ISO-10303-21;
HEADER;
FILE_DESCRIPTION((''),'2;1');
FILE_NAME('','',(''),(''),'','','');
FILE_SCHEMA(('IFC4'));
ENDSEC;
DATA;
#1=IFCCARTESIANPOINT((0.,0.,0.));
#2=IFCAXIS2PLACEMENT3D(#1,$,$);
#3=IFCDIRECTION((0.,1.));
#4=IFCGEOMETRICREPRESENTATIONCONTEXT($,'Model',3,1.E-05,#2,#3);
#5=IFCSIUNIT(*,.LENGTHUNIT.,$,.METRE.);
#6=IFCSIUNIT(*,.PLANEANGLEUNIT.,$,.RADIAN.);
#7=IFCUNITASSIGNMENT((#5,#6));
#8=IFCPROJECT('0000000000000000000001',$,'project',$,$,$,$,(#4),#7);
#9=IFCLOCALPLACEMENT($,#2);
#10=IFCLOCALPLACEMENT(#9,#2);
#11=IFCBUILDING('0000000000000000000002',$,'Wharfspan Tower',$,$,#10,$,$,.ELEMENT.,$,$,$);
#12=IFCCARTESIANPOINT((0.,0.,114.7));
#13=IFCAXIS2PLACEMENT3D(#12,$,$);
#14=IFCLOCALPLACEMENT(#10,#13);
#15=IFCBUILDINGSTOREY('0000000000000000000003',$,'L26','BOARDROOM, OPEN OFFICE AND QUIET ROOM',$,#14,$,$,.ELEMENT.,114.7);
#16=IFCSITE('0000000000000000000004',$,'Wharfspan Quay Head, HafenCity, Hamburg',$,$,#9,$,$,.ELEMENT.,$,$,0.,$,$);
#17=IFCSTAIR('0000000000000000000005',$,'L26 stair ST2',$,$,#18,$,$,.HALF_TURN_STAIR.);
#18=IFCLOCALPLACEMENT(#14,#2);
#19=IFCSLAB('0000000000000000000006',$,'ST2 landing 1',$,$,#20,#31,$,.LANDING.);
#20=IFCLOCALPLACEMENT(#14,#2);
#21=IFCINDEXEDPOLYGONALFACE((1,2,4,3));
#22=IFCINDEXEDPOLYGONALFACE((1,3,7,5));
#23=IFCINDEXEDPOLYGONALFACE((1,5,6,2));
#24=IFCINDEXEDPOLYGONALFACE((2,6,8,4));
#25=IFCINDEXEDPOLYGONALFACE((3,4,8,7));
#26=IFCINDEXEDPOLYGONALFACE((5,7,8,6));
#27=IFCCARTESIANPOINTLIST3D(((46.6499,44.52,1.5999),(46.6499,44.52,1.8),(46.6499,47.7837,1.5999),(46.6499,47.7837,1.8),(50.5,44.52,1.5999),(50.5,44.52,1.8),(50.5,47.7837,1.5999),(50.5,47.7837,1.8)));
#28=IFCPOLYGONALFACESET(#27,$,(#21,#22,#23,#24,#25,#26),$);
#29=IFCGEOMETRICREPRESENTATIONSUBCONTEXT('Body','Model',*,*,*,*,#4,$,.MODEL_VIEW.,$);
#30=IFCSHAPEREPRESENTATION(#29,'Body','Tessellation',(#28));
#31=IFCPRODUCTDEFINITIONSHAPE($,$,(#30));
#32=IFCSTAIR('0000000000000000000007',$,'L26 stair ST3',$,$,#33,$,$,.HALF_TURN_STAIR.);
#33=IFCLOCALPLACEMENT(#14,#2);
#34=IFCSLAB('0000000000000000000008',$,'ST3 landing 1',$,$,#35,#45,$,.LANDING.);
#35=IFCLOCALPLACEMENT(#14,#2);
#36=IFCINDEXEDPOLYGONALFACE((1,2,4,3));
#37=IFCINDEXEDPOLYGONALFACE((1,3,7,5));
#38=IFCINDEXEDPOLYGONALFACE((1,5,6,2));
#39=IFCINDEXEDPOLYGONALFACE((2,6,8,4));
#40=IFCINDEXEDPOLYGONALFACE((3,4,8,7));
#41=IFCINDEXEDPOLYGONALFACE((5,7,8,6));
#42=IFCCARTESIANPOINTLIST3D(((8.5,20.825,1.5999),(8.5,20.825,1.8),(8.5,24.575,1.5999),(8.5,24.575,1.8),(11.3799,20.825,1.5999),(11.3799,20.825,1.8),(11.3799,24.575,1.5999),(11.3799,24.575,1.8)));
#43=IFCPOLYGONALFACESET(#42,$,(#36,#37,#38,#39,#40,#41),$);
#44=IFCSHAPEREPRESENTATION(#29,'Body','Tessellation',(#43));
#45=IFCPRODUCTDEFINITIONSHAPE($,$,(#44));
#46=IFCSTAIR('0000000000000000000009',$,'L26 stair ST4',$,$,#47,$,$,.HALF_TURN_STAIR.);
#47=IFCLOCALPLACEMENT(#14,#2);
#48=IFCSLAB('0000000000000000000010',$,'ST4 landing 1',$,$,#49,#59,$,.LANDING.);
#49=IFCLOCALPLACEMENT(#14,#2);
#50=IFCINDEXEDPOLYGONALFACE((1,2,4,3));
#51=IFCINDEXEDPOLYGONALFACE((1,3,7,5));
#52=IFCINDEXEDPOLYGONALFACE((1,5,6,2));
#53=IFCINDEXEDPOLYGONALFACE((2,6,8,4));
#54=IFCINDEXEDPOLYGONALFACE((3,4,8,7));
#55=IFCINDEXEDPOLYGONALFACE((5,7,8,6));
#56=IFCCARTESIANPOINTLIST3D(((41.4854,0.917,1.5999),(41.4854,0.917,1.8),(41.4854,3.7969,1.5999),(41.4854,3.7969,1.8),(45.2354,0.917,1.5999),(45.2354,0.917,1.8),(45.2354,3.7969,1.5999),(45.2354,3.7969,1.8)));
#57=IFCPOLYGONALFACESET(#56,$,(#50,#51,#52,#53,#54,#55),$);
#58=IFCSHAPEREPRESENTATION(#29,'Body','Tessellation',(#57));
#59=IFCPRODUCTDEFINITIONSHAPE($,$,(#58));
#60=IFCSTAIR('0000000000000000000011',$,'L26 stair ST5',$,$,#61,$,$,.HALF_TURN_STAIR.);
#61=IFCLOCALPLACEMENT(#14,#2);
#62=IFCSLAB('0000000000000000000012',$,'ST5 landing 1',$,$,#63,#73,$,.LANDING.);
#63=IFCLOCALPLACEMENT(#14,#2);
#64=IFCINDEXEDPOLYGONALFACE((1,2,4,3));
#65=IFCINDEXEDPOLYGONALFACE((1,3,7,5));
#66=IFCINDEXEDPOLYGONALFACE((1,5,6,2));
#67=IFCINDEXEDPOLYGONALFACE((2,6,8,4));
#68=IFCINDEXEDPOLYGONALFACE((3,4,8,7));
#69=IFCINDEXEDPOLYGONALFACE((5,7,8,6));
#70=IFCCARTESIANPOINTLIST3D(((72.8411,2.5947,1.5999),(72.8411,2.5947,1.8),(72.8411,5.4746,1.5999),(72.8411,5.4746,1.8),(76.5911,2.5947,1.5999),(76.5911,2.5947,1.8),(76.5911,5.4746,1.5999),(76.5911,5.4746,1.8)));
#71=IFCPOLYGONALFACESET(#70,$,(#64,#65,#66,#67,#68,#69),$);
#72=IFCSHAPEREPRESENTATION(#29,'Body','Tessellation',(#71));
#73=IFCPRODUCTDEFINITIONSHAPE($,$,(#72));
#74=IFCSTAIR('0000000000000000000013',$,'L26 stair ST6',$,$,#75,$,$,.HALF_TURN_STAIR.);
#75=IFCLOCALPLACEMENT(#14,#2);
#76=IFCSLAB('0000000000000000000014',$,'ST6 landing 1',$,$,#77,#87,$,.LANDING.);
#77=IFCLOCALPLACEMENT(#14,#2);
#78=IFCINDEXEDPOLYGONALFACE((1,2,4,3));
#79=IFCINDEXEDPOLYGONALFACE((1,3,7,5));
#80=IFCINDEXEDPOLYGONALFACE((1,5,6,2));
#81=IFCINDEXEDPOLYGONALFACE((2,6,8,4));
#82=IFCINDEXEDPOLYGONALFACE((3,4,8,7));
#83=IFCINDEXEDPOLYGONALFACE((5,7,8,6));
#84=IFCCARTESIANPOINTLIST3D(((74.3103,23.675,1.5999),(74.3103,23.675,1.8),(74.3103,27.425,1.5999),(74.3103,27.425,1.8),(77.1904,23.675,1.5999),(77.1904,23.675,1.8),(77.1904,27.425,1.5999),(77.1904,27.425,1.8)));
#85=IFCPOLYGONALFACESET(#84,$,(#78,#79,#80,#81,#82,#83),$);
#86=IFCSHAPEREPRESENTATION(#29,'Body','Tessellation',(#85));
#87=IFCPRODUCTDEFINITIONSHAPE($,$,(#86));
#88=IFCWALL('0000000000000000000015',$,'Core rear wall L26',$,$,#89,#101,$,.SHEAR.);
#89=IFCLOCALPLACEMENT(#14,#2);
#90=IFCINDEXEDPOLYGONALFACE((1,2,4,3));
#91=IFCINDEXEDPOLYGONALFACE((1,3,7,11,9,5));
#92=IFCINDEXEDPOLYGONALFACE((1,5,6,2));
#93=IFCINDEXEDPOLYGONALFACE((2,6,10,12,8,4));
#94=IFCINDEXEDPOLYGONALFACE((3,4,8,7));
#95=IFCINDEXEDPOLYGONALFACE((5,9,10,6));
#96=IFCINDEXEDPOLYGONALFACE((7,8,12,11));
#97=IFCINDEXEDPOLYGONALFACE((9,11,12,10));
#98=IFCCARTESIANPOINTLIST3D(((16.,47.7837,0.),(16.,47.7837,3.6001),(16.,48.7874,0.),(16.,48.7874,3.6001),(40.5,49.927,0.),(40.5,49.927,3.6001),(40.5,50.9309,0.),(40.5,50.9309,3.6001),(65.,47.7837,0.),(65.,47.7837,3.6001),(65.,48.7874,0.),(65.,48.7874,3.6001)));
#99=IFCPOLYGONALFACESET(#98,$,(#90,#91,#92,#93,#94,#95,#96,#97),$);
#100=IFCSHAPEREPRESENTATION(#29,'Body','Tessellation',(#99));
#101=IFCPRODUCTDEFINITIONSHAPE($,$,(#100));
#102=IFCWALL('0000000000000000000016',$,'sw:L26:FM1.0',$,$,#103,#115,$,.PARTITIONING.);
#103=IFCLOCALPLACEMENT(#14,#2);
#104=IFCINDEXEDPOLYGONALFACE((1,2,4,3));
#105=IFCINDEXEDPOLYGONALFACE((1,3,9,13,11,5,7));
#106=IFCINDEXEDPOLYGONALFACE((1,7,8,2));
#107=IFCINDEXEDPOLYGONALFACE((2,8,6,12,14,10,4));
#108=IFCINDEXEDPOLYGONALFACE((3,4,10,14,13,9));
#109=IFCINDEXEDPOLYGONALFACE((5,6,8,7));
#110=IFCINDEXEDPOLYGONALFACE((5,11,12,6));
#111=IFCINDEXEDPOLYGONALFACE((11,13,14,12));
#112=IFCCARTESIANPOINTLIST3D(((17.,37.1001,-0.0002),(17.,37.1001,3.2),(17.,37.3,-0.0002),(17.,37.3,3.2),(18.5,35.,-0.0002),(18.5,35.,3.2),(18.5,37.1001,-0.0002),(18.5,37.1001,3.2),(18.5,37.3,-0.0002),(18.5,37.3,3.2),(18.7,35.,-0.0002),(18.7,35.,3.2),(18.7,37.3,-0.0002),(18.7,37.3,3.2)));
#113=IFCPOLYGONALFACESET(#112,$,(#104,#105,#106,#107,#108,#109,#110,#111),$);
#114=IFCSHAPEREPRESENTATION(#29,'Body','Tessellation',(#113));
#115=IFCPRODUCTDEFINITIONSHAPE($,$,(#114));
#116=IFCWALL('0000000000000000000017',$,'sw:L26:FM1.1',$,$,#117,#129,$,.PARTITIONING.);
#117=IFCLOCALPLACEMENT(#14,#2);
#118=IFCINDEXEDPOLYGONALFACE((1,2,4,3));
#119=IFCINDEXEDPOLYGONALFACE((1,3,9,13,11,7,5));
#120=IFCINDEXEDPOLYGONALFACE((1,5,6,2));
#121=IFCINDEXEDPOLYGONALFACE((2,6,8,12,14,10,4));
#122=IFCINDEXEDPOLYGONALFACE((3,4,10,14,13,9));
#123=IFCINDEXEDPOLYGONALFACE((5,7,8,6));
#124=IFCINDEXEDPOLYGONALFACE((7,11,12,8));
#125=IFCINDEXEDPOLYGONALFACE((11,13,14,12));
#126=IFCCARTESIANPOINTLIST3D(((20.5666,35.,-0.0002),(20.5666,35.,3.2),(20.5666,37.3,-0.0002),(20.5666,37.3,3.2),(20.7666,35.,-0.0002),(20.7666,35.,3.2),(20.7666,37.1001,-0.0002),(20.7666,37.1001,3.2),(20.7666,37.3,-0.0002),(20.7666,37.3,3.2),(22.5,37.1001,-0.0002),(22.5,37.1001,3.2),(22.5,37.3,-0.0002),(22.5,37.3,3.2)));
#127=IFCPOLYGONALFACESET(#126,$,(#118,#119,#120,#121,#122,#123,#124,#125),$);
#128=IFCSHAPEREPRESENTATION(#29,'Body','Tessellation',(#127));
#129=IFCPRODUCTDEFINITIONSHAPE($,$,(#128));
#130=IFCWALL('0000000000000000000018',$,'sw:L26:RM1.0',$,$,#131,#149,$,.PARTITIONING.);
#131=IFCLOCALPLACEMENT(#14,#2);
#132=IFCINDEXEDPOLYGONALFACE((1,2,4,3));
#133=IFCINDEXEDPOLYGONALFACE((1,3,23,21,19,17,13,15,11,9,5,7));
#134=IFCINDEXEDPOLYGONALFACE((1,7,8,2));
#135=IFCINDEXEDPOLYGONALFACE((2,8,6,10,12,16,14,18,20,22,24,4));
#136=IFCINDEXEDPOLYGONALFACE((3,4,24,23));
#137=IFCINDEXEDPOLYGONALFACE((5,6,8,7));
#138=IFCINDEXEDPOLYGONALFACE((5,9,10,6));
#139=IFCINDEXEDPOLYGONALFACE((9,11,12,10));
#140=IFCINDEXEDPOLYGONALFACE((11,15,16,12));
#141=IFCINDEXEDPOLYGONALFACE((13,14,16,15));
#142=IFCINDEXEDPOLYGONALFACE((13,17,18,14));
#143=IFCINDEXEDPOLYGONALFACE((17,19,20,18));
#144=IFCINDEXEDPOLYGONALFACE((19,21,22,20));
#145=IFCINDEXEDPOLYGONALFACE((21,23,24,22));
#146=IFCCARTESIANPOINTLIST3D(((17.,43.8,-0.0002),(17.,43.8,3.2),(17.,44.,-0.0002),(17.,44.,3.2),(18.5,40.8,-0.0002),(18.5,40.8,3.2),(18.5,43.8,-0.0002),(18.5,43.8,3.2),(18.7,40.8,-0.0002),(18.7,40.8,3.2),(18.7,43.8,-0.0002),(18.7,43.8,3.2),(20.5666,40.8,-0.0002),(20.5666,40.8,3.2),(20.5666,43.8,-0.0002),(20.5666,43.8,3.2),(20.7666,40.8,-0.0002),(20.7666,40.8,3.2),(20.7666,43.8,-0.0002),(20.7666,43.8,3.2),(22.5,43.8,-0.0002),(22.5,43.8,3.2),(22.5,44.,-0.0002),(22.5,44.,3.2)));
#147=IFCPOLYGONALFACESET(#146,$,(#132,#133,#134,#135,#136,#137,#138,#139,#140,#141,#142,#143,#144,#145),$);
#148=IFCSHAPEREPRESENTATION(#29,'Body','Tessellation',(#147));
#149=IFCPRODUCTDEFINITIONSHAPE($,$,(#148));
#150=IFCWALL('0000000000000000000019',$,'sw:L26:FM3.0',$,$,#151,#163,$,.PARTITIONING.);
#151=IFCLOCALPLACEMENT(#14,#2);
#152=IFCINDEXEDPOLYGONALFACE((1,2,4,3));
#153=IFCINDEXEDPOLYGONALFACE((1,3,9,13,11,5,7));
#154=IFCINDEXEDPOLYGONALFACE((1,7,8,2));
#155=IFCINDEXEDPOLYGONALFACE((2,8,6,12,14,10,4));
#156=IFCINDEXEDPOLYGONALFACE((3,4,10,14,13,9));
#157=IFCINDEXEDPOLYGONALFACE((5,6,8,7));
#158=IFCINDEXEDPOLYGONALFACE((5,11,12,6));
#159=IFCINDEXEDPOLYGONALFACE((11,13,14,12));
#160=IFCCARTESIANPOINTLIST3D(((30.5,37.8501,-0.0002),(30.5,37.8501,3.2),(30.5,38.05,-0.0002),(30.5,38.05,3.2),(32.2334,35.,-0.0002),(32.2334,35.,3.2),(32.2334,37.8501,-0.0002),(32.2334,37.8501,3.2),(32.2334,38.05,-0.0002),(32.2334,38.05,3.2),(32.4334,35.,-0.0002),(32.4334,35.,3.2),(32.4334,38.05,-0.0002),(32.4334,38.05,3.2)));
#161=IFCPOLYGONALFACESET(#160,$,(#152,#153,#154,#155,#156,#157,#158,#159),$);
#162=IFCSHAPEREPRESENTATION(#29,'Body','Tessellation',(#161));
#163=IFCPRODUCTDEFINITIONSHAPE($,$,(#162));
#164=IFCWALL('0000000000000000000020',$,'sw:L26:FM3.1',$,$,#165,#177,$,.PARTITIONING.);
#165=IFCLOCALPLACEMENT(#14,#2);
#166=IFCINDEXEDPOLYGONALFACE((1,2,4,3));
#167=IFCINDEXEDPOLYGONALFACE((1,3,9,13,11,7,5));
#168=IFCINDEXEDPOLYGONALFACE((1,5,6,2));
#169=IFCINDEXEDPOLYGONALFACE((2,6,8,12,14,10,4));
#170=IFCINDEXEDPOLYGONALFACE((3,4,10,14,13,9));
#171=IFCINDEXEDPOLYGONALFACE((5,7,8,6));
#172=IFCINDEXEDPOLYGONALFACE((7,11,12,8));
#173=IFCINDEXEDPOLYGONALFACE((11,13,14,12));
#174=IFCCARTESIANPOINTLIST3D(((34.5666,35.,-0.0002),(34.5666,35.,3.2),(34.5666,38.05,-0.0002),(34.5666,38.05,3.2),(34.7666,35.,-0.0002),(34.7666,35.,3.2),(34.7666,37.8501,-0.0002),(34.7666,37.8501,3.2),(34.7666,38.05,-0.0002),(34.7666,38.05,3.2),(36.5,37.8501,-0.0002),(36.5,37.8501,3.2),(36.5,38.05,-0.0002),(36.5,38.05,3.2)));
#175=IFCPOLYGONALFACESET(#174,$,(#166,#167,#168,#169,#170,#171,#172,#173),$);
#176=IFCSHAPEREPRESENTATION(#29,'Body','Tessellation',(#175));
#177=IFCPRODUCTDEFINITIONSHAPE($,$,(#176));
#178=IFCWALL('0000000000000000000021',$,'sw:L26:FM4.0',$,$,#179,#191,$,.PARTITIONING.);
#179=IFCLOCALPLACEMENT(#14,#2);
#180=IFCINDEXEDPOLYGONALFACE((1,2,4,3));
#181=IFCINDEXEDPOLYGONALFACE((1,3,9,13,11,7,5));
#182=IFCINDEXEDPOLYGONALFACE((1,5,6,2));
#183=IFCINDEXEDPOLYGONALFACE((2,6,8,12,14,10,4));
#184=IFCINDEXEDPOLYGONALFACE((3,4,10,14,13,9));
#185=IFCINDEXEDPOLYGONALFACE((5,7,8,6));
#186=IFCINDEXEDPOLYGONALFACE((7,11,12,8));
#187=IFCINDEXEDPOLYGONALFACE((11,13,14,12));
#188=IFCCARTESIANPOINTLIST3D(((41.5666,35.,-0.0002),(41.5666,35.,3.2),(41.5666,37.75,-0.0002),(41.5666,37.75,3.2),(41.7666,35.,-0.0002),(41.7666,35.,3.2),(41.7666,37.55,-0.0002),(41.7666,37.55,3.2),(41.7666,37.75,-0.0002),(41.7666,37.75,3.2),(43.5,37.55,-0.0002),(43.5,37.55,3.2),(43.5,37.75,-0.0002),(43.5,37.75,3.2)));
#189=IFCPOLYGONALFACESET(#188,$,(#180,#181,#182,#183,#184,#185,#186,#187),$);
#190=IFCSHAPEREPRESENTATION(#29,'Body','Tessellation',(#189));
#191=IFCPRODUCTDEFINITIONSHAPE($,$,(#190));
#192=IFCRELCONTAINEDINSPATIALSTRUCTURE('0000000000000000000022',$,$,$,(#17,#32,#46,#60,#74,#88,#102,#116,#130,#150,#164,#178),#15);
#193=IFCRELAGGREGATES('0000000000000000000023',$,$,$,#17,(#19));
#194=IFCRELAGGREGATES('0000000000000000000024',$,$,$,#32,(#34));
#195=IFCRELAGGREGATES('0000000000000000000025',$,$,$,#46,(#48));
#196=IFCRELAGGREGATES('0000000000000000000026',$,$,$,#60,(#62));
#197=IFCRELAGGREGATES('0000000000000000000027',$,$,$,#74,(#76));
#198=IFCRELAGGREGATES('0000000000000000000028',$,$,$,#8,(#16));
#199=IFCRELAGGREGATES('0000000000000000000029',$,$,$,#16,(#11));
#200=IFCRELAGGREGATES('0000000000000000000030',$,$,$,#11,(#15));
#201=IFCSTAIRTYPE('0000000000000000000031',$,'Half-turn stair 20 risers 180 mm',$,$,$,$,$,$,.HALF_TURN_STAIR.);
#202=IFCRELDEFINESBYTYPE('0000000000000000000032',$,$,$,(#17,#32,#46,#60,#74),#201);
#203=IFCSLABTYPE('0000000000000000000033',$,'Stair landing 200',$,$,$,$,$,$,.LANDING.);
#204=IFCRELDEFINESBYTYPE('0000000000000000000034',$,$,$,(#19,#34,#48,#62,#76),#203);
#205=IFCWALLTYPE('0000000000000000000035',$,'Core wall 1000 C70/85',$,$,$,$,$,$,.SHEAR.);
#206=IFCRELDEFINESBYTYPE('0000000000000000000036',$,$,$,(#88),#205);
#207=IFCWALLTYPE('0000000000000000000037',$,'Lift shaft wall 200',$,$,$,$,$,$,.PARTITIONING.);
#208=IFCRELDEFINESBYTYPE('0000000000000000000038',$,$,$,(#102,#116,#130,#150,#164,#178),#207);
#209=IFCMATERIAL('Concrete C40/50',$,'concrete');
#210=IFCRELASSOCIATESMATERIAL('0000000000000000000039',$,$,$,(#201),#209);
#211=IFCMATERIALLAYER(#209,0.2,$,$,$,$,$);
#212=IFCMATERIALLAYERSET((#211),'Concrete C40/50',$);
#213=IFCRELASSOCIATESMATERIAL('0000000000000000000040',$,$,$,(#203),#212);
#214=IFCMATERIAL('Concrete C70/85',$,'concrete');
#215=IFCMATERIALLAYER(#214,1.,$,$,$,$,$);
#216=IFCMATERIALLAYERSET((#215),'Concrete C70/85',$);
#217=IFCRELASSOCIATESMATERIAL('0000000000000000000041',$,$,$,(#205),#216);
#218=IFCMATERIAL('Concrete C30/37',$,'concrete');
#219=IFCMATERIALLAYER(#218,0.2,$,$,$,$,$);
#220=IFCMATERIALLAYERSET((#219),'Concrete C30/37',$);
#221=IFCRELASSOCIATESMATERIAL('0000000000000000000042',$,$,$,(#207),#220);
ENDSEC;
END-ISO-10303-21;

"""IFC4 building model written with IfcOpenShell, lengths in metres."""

from ifc_helpers import new_model, si_unit, direction, frame, origin, place, context, subcontext, project, spatial, polyline, outline, extrude, material, layer, layer_set, type_object, element, aggregate, save


model = new_model("IFC4")

# Units and contexts
model_context = context("Model", 3, precision=1e-05, world=origin(), true_north=direction((0.0, 1.0)))
body_context = subcontext(model_context, "Body", "Model", "MODEL_VIEW")
ifc_project = project(units=[si_unit("LENGTHUNIT", "METRE"), si_unit("PLANEANGLEUNIT", "RADIAN")], contexts=[model_context])

# Site, building, storey
site_placement = place(None, origin())
site = spatial("IfcSite", under=ifc_project, at=site_placement, Name="Wharfspan Quay Head, HafenCity, Hamburg", CompositionType="ELEMENT", RefElevation=0.0)
building_placement = place(site_placement, origin())
building = spatial("IfcBuilding", under=site, at=building_placement, Name="Wharfspan Tower", CompositionType="ELEMENT")
storey_placement = place(building_placement, frame((0.0, 0.0, 114.7)))
storey = spatial("IfcBuildingStorey", under=building, at=storey_placement, Name="L26", Description="BOARDROOM, OPEN OFFICE AND QUIET ROOM", CompositionType="ELEMENT", Elevation=114.7)

# Shared definitions
ifc_material_1 = material(Name="Concrete C40/50", Category="concrete")

# Stairs, slabs
stair_type = type_object("IfcStairType", Name="Half-turn stair 20 risers 180 mm", PredefinedType="HALF_TURN_STAIR", material=ifc_material_1)
ifc_layer_1 = layer(ifc_material_1, 0.2)
ifc_layer_set_1 = layer_set([ifc_layer_1], Name="Concrete C40/50")
slab_type_1 = type_object("IfcSlabType", Name="Stair landing 200", PredefinedType="LANDING", material=ifc_layer_set_1)
stair_1_placement = place(storey_placement, origin())
stair_1 = element("IfcStair", 1, at=stair_1_placement, inside=storey, type_object=stair_type, Name="L26 stair ST2", PredefinedType="HALF_TURN_STAIR")
slab_1_placement = place(storey_placement, frame((0.0, 0.0, 1.5999)))
slab_1 = element("IfcSlab", 2, at=slab_1_placement, type_object=slab_type_1, Name="ST2 landing 1", PredefinedType="LANDING", context=body_context, shape_type="SweptSolid", body=[
    extrude(outline(polyline([(46.6499, 44.52), (50.5, 44.52), (50.5, 47.7837), (46.6499, 47.7837), (46.6499, 44.52)])), origin(), (0.0, 0.0, 1.0), 0.2002),
])
aggregate(stair_1, [slab_1])
stair_2_placement = place(storey_placement, origin())
stair_2 = element("IfcStair", 3, at=stair_2_placement, inside=storey, type_object=stair_type, Name="L26 stair ST3", PredefinedType="HALF_TURN_STAIR")
slab_2_placement = place(storey_placement, frame((0.0, 0.0, 1.5999)))
slab_2 = element("IfcSlab", 4, at=slab_2_placement, type_object=slab_type_1, Name="ST3 landing 1", PredefinedType="LANDING", context=body_context, shape_type="SweptSolid", body=[
    extrude(outline(polyline([(11.3799, 24.575), (8.5, 24.575), (8.5, 20.825), (11.3799, 20.825), (11.3799, 24.575)])), origin(), (0.0, 0.0, 1.0), 0.2002),
])
aggregate(stair_2, [slab_2])
stair_3_placement = place(storey_placement, origin())
stair_3 = element("IfcStair", 5, at=stair_3_placement, inside=storey, type_object=stair_type, Name="L26 stair ST4", PredefinedType="HALF_TURN_STAIR")
slab_3_placement = place(storey_placement, frame((0.0, 0.0, 1.5999)))
slab_3 = element("IfcSlab", 6, at=slab_3_placement, type_object=slab_type_1, Name="ST4 landing 1", PredefinedType="LANDING", context=body_context, shape_type="SweptSolid", body=[
    extrude(outline(polyline([(41.4854, 3.7969), (41.4854, 0.917), (45.2354, 0.917), (45.2354, 3.7969), (41.4854, 3.7969)])), origin(), (0.0, 0.0, 1.0), 0.2002),
])
aggregate(stair_3, [slab_3])
stair_4_placement = place(storey_placement, origin())
stair_4 = element("IfcStair", 7, at=stair_4_placement, inside=storey, type_object=stair_type, Name="L26 stair ST5", PredefinedType="HALF_TURN_STAIR")
slab_4_placement = place(storey_placement, frame((0.0, 0.0, 1.5999)))
slab_4 = element("IfcSlab", 8, at=slab_4_placement, type_object=slab_type_1, Name="ST5 landing 1", PredefinedType="LANDING", context=body_context, shape_type="SweptSolid", body=[
    extrude(outline(polyline([(72.8411, 5.4746), (72.8411, 2.5947), (76.5911, 2.5947), (76.5911, 5.4746), (72.8411, 5.4746)])), origin(), (0.0, 0.0, 1.0), 0.2002),
])
aggregate(stair_4, [slab_4])
stair_5_placement = place(storey_placement, origin())
stair_5 = element("IfcStair", 9, at=stair_5_placement, inside=storey, type_object=stair_type, Name="L26 stair ST6", PredefinedType="HALF_TURN_STAIR")
slab_5_placement = place(storey_placement, frame((0.0, 0.0, 1.5999)))
slab_5 = element("IfcSlab", 10, at=slab_5_placement, type_object=slab_type_1, Name="ST6 landing 1", PredefinedType="LANDING", context=body_context, shape_type="SweptSolid", body=[
    extrude(outline(polyline([(74.3103, 23.675), (77.1904, 23.675), (77.1904, 27.425), (74.3103, 27.425), (74.3103, 23.675)])), origin(), (0.0, 0.0, 1.0), 0.2002),
])
aggregate(stair_5, [slab_5])

# Walls
ifc_material_2 = material(Name="Concrete C70/85", Category="concrete")
ifc_layer_2 = layer(ifc_material_2, 1.0)
ifc_layer_set_2 = layer_set([ifc_layer_2], Name="Concrete C70/85")
wall_type_1 = type_object("IfcWallType", Name="Core wall 1000 C70/85", PredefinedType="SHEAR", material=ifc_layer_set_2)
wall_1_placement = place(storey_placement, origin())
element("IfcWall", 11, at=wall_1_placement, inside=storey, type_object=wall_type_1, Name="Core rear wall L26", PredefinedType="SHEAR", context=body_context, shape_type="SweptSolid", body=[
    extrude(outline(polyline([(16.0, 47.7837), (40.5, 49.927), (65.0, 47.7837), (65.0, 48.7874), (40.5, 50.9309), (16.0, 48.7874), (16.0, 47.7837)])), origin(), (0.0, 0.0, 1.0), 3.6001),
])
ifc_material_3 = material(Name="Concrete C30/37", Category="concrete")
ifc_layer_3 = layer(ifc_material_3, 0.2)
ifc_layer_set_3 = layer_set([ifc_layer_3], Name="Concrete C30/37")
wall_type_2 = type_object("IfcWallType", Name="Lift shaft wall 200", PredefinedType="PARTITIONING", material=ifc_layer_set_3)
wall_2_placement = place(storey_placement, frame((0.0, 0.0, -0.0002)))
element("IfcWall", 12, at=wall_2_placement, inside=storey, type_object=wall_type_2, Name="sw:L26:FM1.0", PredefinedType="PARTITIONING", context=body_context, shape_type="SweptSolid", body=[
    extrude(outline(polyline([(18.5, 37.1001), (17.0, 37.1001), (17.0, 37.3), (18.5, 37.3), (18.7, 37.3), (18.7, 35.0), (18.5, 35.0), (18.5, 37.1001)])), origin(), (0.0, 0.0, 1.0), 3.2002),
])
wall_3_placement = place(storey_placement, frame((0.0, 0.0, -0.0002)))
element("IfcWall", 13, at=wall_3_placement, inside=storey, type_object=wall_type_2, Name="sw:L26:FM1.1", PredefinedType="PARTITIONING", context=body_context, shape_type="SweptSolid", body=[
    extrude(outline(polyline([(20.5666, 37.3), (20.7666, 37.3), (22.5, 37.3), (22.5, 37.1001), (20.7666, 37.1001), (20.7666, 35.0), (20.5666, 35.0), (20.5666, 37.3)])), origin(), (0.0, 0.0, 1.0), 3.2002),
])
wall_4_placement = place(storey_placement, frame((0.0, 0.0, -0.0002)))
element("IfcWall", 14, at=wall_4_placement, inside=storey, type_object=wall_type_2, Name="sw:L26:RM1.0", PredefinedType="PARTITIONING", context=body_context, shape_type="SweptSolid", body=[
    extrude(outline(polyline([(18.7, 40.8), (18.5, 40.8), (18.5, 43.8), (17.0, 43.8), (17.0, 44.0), (22.5, 44.0), (22.5, 43.8), (20.7666, 43.8), (20.7666, 40.8), (20.5666, 40.8), (20.5666, 43.8), (18.7, 43.8), (18.7, 40.8)])), origin(), (0.0, 0.0, 1.0), 3.2002),
])
wall_5_placement = place(storey_placement, frame((0.0, 0.0, -0.0002)))
element("IfcWall", 15, at=wall_5_placement, inside=storey, type_object=wall_type_2, Name="sw:L26:FM3.0", PredefinedType="PARTITIONING", context=body_context, shape_type="SweptSolid", body=[
    extrude(outline(polyline([(32.2334, 37.8501), (30.5, 37.8501), (30.5, 38.05), (32.2334, 38.05), (32.4333, 38.05), (32.4333, 35.0), (32.2334, 35.0), (32.2334, 37.8501)])), origin(), (0.0, 0.0, 1.0), 3.2002),
])
wall_6_placement = place(storey_placement, frame((0.0, 0.0, -0.0002)))
element("IfcWall", 16, at=wall_6_placement, inside=storey, type_object=wall_type_2, Name="sw:L26:FM3.1", PredefinedType="PARTITIONING", context=body_context, shape_type="SweptSolid", body=[
    extrude(outline(polyline([(34.5667, 38.05), (34.7666, 38.05), (36.5, 38.05), (36.5, 37.8501), (34.7666, 37.8501), (34.7666, 35.0), (34.5667, 35.0), (34.5667, 38.05)])), origin(), (0.0, 0.0, 1.0), 3.2002),
])
wall_7_placement = place(storey_placement, frame((0.0, 0.0, -0.0002)))
element("IfcWall", 17, at=wall_7_placement, inside=storey, type_object=wall_type_2, Name="sw:L26:FM4.0", PredefinedType="PARTITIONING", context=body_context, shape_type="SweptSolid", body=[
    extrude(outline(polyline([(41.5667, 37.75), (41.7666, 37.75), (43.5, 37.75), (43.5, 37.55), (41.7666, 37.55), (41.7666, 35.0), (41.5667, 35.0), (41.5667, 37.75)])), origin(), (0.0, 0.0, 1.0), 3.2002),
])

save(model, "model.ifc")
